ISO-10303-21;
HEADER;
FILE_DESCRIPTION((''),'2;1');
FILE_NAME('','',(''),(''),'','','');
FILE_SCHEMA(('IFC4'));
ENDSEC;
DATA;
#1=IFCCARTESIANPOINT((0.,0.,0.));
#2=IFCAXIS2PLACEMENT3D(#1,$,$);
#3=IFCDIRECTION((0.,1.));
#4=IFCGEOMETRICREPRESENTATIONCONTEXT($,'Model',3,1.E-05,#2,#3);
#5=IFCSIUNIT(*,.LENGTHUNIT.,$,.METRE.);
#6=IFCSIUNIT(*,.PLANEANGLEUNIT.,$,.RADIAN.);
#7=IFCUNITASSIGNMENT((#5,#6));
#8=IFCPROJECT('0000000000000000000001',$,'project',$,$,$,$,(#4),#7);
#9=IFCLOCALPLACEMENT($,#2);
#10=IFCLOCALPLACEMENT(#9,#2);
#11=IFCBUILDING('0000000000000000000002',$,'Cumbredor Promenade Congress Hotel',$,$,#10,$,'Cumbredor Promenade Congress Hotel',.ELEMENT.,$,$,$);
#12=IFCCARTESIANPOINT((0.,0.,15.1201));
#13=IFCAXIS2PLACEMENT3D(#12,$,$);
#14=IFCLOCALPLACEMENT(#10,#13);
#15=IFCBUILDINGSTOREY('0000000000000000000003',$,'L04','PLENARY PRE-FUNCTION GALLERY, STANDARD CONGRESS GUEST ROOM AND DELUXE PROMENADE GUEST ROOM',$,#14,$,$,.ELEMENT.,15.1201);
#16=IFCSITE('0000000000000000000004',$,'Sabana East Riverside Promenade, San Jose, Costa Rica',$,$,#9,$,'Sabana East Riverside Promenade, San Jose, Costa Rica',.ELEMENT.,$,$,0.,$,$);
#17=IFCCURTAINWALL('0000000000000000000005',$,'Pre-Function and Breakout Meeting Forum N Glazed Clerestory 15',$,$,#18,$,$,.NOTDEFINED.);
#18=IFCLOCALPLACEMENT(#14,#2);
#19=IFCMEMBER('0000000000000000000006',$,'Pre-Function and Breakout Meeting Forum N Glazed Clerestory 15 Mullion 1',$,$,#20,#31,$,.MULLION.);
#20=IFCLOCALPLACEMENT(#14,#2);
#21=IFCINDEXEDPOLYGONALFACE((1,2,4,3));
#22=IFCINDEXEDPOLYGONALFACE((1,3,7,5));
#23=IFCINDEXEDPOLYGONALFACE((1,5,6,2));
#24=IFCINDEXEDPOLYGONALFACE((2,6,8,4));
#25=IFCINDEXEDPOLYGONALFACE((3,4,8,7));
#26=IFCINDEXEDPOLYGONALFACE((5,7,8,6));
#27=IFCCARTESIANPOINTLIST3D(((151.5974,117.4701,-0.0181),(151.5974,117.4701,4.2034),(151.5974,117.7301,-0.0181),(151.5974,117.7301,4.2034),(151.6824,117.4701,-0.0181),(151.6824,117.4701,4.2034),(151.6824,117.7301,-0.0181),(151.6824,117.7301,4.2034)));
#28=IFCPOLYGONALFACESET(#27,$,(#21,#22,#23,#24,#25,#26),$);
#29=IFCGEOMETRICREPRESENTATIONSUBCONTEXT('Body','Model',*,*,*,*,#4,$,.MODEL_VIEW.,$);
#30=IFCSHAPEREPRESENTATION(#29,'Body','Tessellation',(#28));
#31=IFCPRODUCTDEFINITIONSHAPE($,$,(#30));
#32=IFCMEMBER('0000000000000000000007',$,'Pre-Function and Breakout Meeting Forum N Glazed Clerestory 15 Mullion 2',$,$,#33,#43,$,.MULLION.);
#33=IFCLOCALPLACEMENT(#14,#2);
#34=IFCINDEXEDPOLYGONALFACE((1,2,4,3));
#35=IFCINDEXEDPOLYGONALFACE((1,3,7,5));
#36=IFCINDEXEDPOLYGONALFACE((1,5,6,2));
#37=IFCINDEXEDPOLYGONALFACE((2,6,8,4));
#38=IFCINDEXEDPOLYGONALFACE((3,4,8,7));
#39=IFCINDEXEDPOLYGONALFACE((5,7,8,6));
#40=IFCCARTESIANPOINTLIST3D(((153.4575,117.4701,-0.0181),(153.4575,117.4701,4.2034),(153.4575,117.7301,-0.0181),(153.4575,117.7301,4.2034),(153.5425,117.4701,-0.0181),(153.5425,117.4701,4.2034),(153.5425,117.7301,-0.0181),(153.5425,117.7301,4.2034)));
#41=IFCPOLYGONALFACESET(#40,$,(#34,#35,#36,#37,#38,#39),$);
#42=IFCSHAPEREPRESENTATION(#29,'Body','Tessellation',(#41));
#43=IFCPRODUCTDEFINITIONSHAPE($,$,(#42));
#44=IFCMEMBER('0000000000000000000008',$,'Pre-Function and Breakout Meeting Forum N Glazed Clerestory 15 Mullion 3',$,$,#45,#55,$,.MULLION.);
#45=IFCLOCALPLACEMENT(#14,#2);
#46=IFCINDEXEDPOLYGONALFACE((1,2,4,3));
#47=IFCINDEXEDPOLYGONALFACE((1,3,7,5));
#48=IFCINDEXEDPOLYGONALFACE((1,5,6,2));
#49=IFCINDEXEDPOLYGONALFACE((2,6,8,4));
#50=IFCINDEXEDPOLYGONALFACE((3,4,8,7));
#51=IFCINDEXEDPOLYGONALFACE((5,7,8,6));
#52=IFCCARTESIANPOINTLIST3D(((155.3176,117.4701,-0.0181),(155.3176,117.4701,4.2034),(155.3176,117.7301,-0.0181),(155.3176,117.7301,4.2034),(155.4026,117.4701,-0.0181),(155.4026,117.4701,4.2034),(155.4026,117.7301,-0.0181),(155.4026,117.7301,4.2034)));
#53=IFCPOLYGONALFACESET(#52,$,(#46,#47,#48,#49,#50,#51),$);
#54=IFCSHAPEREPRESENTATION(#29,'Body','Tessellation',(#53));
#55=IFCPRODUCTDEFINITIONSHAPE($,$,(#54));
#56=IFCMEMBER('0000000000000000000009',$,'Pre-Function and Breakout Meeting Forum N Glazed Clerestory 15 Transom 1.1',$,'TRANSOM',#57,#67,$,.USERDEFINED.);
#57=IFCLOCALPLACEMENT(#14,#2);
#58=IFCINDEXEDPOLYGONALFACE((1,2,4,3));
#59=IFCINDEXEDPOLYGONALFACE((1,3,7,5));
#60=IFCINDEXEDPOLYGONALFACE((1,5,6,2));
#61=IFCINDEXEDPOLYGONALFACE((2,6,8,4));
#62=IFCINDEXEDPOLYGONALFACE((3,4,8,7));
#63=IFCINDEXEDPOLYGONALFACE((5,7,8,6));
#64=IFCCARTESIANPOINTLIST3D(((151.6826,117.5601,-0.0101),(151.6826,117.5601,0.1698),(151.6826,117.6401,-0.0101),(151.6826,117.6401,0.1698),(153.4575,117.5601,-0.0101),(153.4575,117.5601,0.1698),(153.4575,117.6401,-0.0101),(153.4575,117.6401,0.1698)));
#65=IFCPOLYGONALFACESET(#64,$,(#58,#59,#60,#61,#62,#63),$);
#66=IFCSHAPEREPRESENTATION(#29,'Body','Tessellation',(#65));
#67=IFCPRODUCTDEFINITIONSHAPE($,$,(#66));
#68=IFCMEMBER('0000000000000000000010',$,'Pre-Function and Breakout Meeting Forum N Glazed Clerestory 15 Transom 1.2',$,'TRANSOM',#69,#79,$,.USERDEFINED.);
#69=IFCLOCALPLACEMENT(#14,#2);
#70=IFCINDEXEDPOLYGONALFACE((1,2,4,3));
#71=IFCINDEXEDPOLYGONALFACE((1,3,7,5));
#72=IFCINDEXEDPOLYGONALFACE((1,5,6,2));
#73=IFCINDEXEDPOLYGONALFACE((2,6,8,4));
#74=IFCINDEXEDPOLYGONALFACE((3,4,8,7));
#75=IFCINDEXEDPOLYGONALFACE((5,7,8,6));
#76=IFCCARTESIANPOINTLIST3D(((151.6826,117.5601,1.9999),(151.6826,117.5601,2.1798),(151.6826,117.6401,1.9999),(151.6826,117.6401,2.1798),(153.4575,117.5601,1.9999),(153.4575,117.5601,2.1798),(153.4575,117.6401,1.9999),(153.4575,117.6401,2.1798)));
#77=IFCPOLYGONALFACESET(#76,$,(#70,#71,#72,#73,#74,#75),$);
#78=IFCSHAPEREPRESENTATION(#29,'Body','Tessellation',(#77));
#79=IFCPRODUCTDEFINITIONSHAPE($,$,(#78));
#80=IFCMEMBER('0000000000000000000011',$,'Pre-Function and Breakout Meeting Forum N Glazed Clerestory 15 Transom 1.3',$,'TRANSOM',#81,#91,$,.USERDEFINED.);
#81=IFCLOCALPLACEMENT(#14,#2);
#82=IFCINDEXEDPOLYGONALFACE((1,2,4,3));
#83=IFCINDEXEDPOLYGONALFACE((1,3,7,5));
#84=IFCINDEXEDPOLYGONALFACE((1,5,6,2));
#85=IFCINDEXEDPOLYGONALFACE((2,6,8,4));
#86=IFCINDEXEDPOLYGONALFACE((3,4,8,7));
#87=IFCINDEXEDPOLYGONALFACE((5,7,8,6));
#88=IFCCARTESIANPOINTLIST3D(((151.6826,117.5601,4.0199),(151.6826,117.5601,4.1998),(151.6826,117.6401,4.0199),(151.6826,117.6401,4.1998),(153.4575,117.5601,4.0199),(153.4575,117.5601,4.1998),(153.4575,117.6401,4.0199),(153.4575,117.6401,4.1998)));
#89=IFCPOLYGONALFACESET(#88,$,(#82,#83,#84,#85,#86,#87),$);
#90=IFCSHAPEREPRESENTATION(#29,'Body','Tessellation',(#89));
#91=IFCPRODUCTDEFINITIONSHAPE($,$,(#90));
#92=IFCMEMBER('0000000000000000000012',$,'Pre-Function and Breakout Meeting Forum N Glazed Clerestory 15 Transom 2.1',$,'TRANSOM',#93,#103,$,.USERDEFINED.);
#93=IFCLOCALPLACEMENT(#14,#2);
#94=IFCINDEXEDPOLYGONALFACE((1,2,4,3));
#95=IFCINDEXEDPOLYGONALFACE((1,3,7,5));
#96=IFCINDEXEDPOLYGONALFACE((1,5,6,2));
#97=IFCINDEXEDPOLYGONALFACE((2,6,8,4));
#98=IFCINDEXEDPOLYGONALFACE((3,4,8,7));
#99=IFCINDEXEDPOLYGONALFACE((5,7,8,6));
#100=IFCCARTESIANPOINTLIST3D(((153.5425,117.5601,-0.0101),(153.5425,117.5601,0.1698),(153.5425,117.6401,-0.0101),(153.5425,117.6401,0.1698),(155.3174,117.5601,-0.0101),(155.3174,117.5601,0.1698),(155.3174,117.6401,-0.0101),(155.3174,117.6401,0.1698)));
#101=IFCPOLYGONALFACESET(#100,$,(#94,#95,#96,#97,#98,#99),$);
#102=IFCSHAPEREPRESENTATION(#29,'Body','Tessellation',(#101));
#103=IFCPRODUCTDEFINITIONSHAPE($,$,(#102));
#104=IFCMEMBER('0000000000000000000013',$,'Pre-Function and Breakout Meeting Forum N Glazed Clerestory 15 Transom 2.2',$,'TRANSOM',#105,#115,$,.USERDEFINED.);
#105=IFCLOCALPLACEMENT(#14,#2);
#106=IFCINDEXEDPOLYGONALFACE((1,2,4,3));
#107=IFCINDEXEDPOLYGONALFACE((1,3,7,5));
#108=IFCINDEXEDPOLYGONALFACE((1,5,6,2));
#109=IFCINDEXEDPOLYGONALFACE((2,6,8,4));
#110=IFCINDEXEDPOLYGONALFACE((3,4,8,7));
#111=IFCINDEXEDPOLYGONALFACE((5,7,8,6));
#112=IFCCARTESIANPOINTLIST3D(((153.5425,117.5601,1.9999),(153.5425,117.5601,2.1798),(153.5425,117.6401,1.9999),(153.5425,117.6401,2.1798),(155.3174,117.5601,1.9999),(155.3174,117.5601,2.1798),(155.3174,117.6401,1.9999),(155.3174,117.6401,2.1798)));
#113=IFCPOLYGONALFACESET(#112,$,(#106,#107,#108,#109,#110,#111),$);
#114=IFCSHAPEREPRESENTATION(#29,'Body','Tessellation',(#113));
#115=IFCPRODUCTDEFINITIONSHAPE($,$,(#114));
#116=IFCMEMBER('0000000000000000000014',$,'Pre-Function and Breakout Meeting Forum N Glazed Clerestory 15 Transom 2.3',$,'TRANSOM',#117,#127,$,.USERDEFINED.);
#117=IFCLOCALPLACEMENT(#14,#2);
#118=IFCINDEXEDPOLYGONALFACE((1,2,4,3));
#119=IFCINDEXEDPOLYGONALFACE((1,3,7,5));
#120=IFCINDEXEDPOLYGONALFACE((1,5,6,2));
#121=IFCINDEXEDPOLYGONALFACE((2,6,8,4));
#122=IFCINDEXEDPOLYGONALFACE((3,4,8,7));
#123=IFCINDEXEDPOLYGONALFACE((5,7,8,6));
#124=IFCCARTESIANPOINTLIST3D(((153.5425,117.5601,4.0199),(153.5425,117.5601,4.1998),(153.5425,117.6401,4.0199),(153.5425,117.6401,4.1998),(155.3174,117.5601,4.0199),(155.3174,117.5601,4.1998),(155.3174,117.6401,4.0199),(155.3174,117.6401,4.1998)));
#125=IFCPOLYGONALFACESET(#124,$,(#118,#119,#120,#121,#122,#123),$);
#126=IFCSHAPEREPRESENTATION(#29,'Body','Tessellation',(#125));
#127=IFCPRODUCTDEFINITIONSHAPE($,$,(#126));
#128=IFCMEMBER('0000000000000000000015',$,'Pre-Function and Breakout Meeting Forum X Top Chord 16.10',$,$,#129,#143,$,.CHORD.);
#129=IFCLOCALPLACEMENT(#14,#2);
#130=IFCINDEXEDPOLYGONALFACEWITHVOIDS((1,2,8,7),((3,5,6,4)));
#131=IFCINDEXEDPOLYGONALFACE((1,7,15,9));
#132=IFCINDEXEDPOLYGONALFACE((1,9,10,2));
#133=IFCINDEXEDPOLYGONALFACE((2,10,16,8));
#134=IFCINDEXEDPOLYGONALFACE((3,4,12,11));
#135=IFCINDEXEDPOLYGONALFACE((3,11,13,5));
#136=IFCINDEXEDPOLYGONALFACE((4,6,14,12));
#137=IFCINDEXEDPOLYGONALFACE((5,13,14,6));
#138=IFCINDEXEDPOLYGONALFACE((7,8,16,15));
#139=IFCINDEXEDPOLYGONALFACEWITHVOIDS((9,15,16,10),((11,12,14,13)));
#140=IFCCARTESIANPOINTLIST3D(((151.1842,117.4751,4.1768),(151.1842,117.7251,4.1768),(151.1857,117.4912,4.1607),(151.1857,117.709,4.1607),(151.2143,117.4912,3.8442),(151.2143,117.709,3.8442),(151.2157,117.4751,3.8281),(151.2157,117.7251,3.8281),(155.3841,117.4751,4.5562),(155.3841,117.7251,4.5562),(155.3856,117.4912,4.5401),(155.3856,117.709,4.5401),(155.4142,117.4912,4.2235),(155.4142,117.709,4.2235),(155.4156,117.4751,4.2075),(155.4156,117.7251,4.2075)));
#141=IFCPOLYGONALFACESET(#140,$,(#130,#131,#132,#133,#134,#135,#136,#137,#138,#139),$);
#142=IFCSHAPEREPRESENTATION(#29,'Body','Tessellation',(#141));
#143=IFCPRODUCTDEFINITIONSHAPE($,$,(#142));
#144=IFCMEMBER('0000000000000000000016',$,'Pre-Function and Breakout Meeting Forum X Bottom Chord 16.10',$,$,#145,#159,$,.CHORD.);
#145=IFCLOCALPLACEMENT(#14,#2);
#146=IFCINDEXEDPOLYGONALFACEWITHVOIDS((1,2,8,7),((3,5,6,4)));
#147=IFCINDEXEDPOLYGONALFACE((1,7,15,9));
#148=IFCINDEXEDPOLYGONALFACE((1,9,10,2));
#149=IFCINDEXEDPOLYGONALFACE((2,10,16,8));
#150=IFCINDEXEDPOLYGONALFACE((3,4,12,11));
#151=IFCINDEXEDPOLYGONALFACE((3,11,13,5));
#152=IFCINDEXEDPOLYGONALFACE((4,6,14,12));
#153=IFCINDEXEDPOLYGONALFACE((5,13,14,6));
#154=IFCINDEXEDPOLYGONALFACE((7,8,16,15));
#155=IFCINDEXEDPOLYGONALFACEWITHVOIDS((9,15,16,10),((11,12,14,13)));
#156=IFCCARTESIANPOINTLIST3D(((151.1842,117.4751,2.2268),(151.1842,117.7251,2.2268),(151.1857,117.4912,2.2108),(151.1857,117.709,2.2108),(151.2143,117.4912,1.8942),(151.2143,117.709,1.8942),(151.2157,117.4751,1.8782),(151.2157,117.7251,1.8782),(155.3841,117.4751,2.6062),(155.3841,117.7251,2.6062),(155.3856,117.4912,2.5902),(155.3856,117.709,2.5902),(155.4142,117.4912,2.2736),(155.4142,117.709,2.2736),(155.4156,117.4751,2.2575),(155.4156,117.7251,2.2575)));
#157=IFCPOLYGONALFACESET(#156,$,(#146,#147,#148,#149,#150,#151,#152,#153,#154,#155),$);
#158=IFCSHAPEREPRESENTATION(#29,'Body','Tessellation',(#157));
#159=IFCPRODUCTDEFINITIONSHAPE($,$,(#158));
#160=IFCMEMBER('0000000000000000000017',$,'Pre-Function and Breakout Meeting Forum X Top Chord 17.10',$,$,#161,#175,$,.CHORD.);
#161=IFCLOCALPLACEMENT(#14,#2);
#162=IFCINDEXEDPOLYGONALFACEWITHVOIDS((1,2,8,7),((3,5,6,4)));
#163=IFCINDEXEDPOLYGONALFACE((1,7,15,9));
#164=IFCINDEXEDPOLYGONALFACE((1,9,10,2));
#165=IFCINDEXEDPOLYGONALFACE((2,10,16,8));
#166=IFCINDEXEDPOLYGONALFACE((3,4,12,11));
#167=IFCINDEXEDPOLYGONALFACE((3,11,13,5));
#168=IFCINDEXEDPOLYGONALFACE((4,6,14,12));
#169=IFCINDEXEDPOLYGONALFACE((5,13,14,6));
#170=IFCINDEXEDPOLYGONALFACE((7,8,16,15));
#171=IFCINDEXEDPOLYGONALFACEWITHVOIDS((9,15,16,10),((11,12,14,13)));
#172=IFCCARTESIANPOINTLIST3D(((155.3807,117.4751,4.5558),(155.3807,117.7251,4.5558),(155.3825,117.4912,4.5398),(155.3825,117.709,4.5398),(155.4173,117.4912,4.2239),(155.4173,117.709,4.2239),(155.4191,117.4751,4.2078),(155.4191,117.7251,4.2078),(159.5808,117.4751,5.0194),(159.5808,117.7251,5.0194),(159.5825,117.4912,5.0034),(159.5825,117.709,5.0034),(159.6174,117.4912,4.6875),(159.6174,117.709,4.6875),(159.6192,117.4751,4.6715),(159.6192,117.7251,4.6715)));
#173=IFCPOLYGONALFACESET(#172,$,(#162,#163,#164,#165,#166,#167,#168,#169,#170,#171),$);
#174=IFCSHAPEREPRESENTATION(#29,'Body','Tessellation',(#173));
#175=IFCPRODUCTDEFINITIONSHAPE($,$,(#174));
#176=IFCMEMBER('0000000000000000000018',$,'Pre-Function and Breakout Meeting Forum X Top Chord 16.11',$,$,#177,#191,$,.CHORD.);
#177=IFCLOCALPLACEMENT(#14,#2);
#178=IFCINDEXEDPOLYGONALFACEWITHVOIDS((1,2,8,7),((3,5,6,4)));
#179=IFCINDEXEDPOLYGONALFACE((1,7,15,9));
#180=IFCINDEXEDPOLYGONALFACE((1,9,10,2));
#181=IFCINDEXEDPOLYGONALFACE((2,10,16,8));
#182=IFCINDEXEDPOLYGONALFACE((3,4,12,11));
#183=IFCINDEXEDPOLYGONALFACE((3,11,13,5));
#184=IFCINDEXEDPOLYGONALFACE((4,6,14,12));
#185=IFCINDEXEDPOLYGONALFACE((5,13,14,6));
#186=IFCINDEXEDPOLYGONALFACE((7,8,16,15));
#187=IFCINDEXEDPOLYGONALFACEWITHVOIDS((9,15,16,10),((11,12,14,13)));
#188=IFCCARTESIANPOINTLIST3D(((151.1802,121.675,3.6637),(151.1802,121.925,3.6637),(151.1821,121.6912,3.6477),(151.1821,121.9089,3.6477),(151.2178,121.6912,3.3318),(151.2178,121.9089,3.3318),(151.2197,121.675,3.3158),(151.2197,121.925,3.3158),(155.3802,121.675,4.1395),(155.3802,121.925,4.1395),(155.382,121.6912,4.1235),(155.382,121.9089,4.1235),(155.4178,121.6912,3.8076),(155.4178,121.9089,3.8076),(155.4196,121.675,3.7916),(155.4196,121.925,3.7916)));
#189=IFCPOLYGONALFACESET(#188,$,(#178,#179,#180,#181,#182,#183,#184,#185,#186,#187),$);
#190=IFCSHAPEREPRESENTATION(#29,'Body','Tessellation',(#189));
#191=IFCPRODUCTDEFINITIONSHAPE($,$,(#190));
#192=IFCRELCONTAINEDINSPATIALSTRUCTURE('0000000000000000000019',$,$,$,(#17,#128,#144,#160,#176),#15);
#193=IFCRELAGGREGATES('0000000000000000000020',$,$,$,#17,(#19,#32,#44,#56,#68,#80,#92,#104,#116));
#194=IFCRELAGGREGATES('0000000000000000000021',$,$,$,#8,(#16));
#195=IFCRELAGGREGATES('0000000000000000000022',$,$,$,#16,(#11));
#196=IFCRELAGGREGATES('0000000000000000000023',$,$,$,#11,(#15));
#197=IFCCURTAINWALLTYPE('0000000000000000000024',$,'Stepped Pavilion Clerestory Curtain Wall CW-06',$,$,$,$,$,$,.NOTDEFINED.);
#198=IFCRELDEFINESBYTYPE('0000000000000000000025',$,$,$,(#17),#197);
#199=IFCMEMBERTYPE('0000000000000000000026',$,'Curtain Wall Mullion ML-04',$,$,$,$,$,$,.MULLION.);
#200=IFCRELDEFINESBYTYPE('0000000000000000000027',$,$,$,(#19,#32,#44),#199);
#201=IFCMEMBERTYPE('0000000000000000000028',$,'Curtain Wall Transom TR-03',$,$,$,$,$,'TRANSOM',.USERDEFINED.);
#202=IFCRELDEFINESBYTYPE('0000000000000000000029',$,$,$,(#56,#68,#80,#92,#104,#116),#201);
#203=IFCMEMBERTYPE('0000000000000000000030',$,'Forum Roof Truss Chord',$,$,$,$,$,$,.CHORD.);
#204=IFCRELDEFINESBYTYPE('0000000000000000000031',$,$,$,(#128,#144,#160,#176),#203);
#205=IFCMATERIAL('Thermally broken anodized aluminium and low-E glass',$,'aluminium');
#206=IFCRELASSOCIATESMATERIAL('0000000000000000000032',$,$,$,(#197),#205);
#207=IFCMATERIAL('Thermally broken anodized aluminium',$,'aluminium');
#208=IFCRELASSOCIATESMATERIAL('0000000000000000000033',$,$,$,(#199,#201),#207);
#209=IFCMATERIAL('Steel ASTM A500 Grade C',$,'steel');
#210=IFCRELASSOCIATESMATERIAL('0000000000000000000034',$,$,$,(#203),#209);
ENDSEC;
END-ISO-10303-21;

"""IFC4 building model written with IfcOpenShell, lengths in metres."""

from ifc_helpers import new_model, si_unit, direction, frame, origin, origin_2d, place, context, subcontext, project, spatial, rectangle, hollow_rectangle, extrude, material, material_profile, profile_set, type_object, element, aggregate, save


model = new_model("IFC4")

# Units and contexts
model_context = context("Model", 3, precision=1e-05, world=origin(), true_north=direction((0.0, 1.0)))
body_context = subcontext(model_context, "Body", "Model", "MODEL_VIEW")
ifc_project = project(units=[si_unit("LENGTHUNIT", "METRE"), si_unit("PLANEANGLEUNIT", "RADIAN")], contexts=[model_context])

# Site, building, storey
site_placement = place(None, origin())
site = spatial("IfcSite", under=ifc_project, at=site_placement, Name="Sabana East Riverside Promenade, San Jose, Costa Rica", LongName="Sabana East Riverside Promenade, San Jose, Costa Rica", CompositionType="ELEMENT", RefElevation=0.0)
building_placement = place(site_placement, origin())
building = spatial("IfcBuilding", under=site, at=building_placement, Name="Cumbredor Promenade Congress Hotel", LongName="Cumbredor Promenade Congress Hotel", CompositionType="ELEMENT")
storey_placement = place(building_placement, frame((0.0, 0.0, 15.1201)))
storey = spatial("IfcBuildingStorey", under=building, at=storey_placement, Name="L04", Description="PLENARY PRE-FUNCTION GALLERY, STANDARD CONGRESS GUEST ROOM AND DELUXE PROMENADE GUEST ROOM", CompositionType="ELEMENT", Elevation=15.1201)

# Curtain wall, members
ifc_material_1 = material(Name="Thermally broken anodized aluminium and low-E glass", Category="aluminium")
curtain_wall_type = type_object("IfcCurtainWallType", Name="Stepped Pavilion Clerestory Curtain Wall CW-06", PredefinedType="NOTDEFINED", material=ifc_material_1)
curtain_wall_placement = place(storey_placement, origin())
curtain_wall = element("IfcCurtainWall", 1, at=curtain_wall_placement, inside=storey, type_object=curtain_wall_type, Name="Pre-Function and Breakout Meeting Forum N Glazed Clerestory 15", PredefinedType="NOTDEFINED")
ifc_material_2 = material(Name="Thermally broken anodized aluminium", Category="aluminium")
ifc_material_profile_1 = material_profile(ifc_material_2, rectangle(XDim=0.085, YDim=0.26, at=origin_2d()), Name="ALU MULLION CLERESTORY 85x260")
ifc_profile_set_1 = profile_set([ifc_material_profile_1], Name="Thermally broken anodized aluminium")
member_type_1 = type_object("IfcMemberType", Name="Curtain Wall Mullion ML-04", PredefinedType="MULLION", material=ifc_profile_set_1)
member_1_placement = place(storey_placement, frame((151.6399, 117.6001, -0.0181), z_axis=(0.0, 0.0, 1.0), x_axis=(1.0, 0.0, 0.0)))
member_1 = element("IfcMember", 2, at=member_1_placement, type_object=member_type_1, Name="Pre-Function and Breakout Meeting Forum N Glazed Clerestory 15 Mullion 1", PredefinedType="MULLION", context=body_context, shape_type="SweptSolid", body=[
    extrude(rectangle(XDim=0.085, YDim=0.26, at=origin_2d()), origin(), (0.0, 0.0, 1.0), 4.2214),
])
member_2_placement = place(storey_placement, frame((153.5, 117.6001, -0.0181), z_axis=(0.0, 0.0, 1.0), x_axis=(1.0, 0.0, 0.0)))
member_2 = element("IfcMember", 3, at=member_2_placement, type_object=member_type_1, Name="Pre-Function and Breakout Meeting Forum N Glazed Clerestory 15 Mullion 2", PredefinedType="MULLION", context=body_context, shape_type="SweptSolid", body=[
    extrude(rectangle(XDim=0.085, YDim=0.26, at=origin_2d()), origin(), (0.0, 0.0, 1.0), 4.2214),
])
member_3_placement = place(storey_placement, frame((155.3601, 117.6001, -0.0181), z_axis=(0.0, 0.0, 1.0), x_axis=(1.0, 0.0, 0.0)))
member_3 = element("IfcMember", 4, at=member_3_placement, type_object=member_type_1, Name="Pre-Function and Breakout Meeting Forum N Glazed Clerestory 15 Mullion 3", PredefinedType="MULLION", context=body_context, shape_type="SweptSolid", body=[
    extrude(rectangle(XDim=0.085, YDim=0.26, at=origin_2d()), origin(), (0.0, 0.0, 1.0), 4.2214),
])
ifc_material_profile_2 = material_profile(ifc_material_2, rectangle(XDim=0.0801, YDim=0.1799, at=origin_2d()), Name="ALU TRANSOM 80x180")
ifc_profile_set_2 = profile_set([ifc_material_profile_2], Name="Thermally broken anodized aluminium")
member_type_2 = type_object("IfcMemberType", Name="Curtain Wall Transom TR-03", ElementType="TRANSOM", PredefinedType="USERDEFINED", material=ifc_profile_set_2)
member_4_placement = place(storey_placement, frame((151.6826, 117.6001, 0.0798), z_axis=(1.0, 0.0, 0.0), x_axis=(0.0, 1.0, 0.0)))
member_4 = element("IfcMember", 5, at=member_4_placement, type_object=member_type_2, Name="Pre-Function and Breakout Meeting Forum N Glazed Clerestory 15 Transom 1.1", ObjectType="TRANSOM", PredefinedType="USERDEFINED", context=body_context, shape_type="SweptSolid", body=[
    extrude(rectangle(XDim=0.0801, YDim=0.1799, at=origin_2d()), origin(), (0.0, 0.0, 1.0), 1.7749),
])
member_5_placement = place(storey_placement, frame((151.6826, 117.6001, 2.0898), z_axis=(1.0, 0.0, 0.0), x_axis=(0.0, 1.0, 0.0)))
member_5 = element("IfcMember", 6, at=member_5_placement, type_object=member_type_2, Name="Pre-Function and Breakout Meeting Forum N Glazed Clerestory 15 Transom 1.2", ObjectType="TRANSOM", PredefinedType="USERDEFINED", context=body_context, shape_type="SweptSolid", body=[
    extrude(rectangle(XDim=0.0801, YDim=0.1799, at=origin_2d()), origin(), (0.0, 0.0, 1.0), 1.7749),
])
member_6_placement = place(storey_placement, frame((151.6826, 117.6001, 4.1099), z_axis=(1.0, 0.0, 0.0), x_axis=(0.0, 1.0, 0.0)))
member_6 = element("IfcMember", 7, at=member_6_placement, type_object=member_type_2, Name="Pre-Function and Breakout Meeting Forum N Glazed Clerestory 15 Transom 1.3", ObjectType="TRANSOM", PredefinedType="USERDEFINED", context=body_context, shape_type="SweptSolid", body=[
    extrude(rectangle(XDim=0.0801, YDim=0.1799, at=origin_2d()), origin(), (0.0, 0.0, 1.0), 1.7749),
])
member_7_placement = place(storey_placement, frame((153.5425, 117.6001, 0.0798), z_axis=(1.0, 0.0, 0.0), x_axis=(0.0, 1.0, 0.0)))
member_7 = element("IfcMember", 8, at=member_7_placement, type_object=member_type_2, Name="Pre-Function and Breakout Meeting Forum N Glazed Clerestory 15 Transom 2.1", ObjectType="TRANSOM", PredefinedType="USERDEFINED", context=body_context, shape_type="SweptSolid", body=[
    extrude(rectangle(XDim=0.0801, YDim=0.1799, at=origin_2d()), origin(), (0.0, 0.0, 1.0), 1.7749),
])
member_8_placement = place(storey_placement, frame((153.5425, 117.6001, 2.0898), z_axis=(1.0, 0.0, 0.0), x_axis=(0.0, 1.0, 0.0)))
member_8 = element("IfcMember", 9, at=member_8_placement, type_object=member_type_2, Name="Pre-Function and Breakout Meeting Forum N Glazed Clerestory 15 Transom 2.2", ObjectType="TRANSOM", PredefinedType="USERDEFINED", context=body_context, shape_type="SweptSolid", body=[
    extrude(rectangle(XDim=0.0801, YDim=0.1799, at=origin_2d()), origin(), (0.0, 0.0, 1.0), 1.7749),
])
member_9_placement = place(storey_placement, frame((153.5425, 117.6001, 4.1099), z_axis=(1.0, 0.0, 0.0), x_axis=(0.0, 1.0, 0.0)))
member_9 = element("IfcMember", 10, at=member_9_placement, type_object=member_type_2, Name="Pre-Function and Breakout Meeting Forum N Glazed Clerestory 15 Transom 2.3", ObjectType="TRANSOM", PredefinedType="USERDEFINED", context=body_context, shape_type="SweptSolid", body=[
    extrude(rectangle(XDim=0.0801, YDim=0.1799, at=origin_2d()), origin(), (0.0, 0.0, 1.0), 1.7749),
])

# Members
ifc_material_3 = material(Name="Steel ASTM A500 Grade C", Category="steel")
ifc_material_profile_3 = material_profile(ifc_material_3, hollow_rectangle(XDim=0.25, YDim=0.3501, WallThickness=0.0161, at=origin_2d()), Name="HSS 350x250x16")
ifc_profile_set_3 = profile_set([ifc_material_profile_3], Name="Steel ASTM A500 Grade C")
member_type_3 = type_object("IfcMemberType", Name="Forum Roof Truss Chord", PredefinedType="CHORD", material=ifc_profile_set_3)
for number, where, z_axis, x_axis, name in (
    (11, (151.2, 117.6001, 4.0024), (0.995945, 0.0, 0.089967), (0.0, 1.0, 0.0), "Pre-Function and Breakout Meeting Forum X Top Chord 16.10"),
    (12, (151.2, 117.6001, 2.0525), (0.995945, 0.0, 0.089967), (0.0, 1.0, 0.0), "Pre-Function and Breakout Meeting Forum X Bottom Chord 16.10"),
):
    element("IfcMember", number, at=place(storey_placement, frame(where, z_axis=z_axis, x_axis=x_axis)), inside=storey, type_object=member_type_3, Name=name, PredefinedType="CHORD", context=body_context, shape_type="SweptSolid", body=[
        extrude(hollow_rectangle(XDim=0.25, YDim=0.3501, WallThickness=0.0161, at=origin_2d()), origin(), (0.0, 0.0, 1.0), 4.217),
    ])
member_10_placement = place(storey_placement, frame((155.3999, 117.6001, 4.3818), z_axis=(0.993963, 0.0, 0.109715), x_axis=(0.0, 1.0, 0.0)))
element("IfcMember", 13, at=member_10_placement, inside=storey, type_object=member_type_3, Name="Pre-Function and Breakout Meeting Forum X Top Chord 17.10", PredefinedType="CHORD", context=body_context, shape_type="SweptSolid", body=[
    extrude(hollow_rectangle(XDim=0.25, YDim=0.3501, WallThickness=0.0161, at=origin_2d()), origin(), (0.0, 0.0, 1.0), 4.2256),
])
for number, where, z_axis, x_axis, name in (
    (14, (151.2, 121.8, 3.4897), (0.993643, 0.0, 0.112574), (0.0, 1.0, 0.0), "Pre-Function and Breakout Meeting Forum X Top Chord 16.11"),
):
    element("IfcMember", number, at=place(storey_placement, frame(where, z_axis=z_axis, x_axis=x_axis)), inside=storey, type_object=member_type_3, Name=name, PredefinedType="CHORD", context=body_context, shape_type="SweptSolid", body=[
        extrude(hollow_rectangle(XDim=0.25, YDim=0.3501, WallThickness=0.0161, at=origin_2d()), origin(), (0.0, 0.0, 1.0), 4.2268),
    ])

aggregate(curtain_wall, [member_1, member_2, member_3, member_4, member_5, member_6, member_7, member_8, member_9])

save(model, "model.ifc")
